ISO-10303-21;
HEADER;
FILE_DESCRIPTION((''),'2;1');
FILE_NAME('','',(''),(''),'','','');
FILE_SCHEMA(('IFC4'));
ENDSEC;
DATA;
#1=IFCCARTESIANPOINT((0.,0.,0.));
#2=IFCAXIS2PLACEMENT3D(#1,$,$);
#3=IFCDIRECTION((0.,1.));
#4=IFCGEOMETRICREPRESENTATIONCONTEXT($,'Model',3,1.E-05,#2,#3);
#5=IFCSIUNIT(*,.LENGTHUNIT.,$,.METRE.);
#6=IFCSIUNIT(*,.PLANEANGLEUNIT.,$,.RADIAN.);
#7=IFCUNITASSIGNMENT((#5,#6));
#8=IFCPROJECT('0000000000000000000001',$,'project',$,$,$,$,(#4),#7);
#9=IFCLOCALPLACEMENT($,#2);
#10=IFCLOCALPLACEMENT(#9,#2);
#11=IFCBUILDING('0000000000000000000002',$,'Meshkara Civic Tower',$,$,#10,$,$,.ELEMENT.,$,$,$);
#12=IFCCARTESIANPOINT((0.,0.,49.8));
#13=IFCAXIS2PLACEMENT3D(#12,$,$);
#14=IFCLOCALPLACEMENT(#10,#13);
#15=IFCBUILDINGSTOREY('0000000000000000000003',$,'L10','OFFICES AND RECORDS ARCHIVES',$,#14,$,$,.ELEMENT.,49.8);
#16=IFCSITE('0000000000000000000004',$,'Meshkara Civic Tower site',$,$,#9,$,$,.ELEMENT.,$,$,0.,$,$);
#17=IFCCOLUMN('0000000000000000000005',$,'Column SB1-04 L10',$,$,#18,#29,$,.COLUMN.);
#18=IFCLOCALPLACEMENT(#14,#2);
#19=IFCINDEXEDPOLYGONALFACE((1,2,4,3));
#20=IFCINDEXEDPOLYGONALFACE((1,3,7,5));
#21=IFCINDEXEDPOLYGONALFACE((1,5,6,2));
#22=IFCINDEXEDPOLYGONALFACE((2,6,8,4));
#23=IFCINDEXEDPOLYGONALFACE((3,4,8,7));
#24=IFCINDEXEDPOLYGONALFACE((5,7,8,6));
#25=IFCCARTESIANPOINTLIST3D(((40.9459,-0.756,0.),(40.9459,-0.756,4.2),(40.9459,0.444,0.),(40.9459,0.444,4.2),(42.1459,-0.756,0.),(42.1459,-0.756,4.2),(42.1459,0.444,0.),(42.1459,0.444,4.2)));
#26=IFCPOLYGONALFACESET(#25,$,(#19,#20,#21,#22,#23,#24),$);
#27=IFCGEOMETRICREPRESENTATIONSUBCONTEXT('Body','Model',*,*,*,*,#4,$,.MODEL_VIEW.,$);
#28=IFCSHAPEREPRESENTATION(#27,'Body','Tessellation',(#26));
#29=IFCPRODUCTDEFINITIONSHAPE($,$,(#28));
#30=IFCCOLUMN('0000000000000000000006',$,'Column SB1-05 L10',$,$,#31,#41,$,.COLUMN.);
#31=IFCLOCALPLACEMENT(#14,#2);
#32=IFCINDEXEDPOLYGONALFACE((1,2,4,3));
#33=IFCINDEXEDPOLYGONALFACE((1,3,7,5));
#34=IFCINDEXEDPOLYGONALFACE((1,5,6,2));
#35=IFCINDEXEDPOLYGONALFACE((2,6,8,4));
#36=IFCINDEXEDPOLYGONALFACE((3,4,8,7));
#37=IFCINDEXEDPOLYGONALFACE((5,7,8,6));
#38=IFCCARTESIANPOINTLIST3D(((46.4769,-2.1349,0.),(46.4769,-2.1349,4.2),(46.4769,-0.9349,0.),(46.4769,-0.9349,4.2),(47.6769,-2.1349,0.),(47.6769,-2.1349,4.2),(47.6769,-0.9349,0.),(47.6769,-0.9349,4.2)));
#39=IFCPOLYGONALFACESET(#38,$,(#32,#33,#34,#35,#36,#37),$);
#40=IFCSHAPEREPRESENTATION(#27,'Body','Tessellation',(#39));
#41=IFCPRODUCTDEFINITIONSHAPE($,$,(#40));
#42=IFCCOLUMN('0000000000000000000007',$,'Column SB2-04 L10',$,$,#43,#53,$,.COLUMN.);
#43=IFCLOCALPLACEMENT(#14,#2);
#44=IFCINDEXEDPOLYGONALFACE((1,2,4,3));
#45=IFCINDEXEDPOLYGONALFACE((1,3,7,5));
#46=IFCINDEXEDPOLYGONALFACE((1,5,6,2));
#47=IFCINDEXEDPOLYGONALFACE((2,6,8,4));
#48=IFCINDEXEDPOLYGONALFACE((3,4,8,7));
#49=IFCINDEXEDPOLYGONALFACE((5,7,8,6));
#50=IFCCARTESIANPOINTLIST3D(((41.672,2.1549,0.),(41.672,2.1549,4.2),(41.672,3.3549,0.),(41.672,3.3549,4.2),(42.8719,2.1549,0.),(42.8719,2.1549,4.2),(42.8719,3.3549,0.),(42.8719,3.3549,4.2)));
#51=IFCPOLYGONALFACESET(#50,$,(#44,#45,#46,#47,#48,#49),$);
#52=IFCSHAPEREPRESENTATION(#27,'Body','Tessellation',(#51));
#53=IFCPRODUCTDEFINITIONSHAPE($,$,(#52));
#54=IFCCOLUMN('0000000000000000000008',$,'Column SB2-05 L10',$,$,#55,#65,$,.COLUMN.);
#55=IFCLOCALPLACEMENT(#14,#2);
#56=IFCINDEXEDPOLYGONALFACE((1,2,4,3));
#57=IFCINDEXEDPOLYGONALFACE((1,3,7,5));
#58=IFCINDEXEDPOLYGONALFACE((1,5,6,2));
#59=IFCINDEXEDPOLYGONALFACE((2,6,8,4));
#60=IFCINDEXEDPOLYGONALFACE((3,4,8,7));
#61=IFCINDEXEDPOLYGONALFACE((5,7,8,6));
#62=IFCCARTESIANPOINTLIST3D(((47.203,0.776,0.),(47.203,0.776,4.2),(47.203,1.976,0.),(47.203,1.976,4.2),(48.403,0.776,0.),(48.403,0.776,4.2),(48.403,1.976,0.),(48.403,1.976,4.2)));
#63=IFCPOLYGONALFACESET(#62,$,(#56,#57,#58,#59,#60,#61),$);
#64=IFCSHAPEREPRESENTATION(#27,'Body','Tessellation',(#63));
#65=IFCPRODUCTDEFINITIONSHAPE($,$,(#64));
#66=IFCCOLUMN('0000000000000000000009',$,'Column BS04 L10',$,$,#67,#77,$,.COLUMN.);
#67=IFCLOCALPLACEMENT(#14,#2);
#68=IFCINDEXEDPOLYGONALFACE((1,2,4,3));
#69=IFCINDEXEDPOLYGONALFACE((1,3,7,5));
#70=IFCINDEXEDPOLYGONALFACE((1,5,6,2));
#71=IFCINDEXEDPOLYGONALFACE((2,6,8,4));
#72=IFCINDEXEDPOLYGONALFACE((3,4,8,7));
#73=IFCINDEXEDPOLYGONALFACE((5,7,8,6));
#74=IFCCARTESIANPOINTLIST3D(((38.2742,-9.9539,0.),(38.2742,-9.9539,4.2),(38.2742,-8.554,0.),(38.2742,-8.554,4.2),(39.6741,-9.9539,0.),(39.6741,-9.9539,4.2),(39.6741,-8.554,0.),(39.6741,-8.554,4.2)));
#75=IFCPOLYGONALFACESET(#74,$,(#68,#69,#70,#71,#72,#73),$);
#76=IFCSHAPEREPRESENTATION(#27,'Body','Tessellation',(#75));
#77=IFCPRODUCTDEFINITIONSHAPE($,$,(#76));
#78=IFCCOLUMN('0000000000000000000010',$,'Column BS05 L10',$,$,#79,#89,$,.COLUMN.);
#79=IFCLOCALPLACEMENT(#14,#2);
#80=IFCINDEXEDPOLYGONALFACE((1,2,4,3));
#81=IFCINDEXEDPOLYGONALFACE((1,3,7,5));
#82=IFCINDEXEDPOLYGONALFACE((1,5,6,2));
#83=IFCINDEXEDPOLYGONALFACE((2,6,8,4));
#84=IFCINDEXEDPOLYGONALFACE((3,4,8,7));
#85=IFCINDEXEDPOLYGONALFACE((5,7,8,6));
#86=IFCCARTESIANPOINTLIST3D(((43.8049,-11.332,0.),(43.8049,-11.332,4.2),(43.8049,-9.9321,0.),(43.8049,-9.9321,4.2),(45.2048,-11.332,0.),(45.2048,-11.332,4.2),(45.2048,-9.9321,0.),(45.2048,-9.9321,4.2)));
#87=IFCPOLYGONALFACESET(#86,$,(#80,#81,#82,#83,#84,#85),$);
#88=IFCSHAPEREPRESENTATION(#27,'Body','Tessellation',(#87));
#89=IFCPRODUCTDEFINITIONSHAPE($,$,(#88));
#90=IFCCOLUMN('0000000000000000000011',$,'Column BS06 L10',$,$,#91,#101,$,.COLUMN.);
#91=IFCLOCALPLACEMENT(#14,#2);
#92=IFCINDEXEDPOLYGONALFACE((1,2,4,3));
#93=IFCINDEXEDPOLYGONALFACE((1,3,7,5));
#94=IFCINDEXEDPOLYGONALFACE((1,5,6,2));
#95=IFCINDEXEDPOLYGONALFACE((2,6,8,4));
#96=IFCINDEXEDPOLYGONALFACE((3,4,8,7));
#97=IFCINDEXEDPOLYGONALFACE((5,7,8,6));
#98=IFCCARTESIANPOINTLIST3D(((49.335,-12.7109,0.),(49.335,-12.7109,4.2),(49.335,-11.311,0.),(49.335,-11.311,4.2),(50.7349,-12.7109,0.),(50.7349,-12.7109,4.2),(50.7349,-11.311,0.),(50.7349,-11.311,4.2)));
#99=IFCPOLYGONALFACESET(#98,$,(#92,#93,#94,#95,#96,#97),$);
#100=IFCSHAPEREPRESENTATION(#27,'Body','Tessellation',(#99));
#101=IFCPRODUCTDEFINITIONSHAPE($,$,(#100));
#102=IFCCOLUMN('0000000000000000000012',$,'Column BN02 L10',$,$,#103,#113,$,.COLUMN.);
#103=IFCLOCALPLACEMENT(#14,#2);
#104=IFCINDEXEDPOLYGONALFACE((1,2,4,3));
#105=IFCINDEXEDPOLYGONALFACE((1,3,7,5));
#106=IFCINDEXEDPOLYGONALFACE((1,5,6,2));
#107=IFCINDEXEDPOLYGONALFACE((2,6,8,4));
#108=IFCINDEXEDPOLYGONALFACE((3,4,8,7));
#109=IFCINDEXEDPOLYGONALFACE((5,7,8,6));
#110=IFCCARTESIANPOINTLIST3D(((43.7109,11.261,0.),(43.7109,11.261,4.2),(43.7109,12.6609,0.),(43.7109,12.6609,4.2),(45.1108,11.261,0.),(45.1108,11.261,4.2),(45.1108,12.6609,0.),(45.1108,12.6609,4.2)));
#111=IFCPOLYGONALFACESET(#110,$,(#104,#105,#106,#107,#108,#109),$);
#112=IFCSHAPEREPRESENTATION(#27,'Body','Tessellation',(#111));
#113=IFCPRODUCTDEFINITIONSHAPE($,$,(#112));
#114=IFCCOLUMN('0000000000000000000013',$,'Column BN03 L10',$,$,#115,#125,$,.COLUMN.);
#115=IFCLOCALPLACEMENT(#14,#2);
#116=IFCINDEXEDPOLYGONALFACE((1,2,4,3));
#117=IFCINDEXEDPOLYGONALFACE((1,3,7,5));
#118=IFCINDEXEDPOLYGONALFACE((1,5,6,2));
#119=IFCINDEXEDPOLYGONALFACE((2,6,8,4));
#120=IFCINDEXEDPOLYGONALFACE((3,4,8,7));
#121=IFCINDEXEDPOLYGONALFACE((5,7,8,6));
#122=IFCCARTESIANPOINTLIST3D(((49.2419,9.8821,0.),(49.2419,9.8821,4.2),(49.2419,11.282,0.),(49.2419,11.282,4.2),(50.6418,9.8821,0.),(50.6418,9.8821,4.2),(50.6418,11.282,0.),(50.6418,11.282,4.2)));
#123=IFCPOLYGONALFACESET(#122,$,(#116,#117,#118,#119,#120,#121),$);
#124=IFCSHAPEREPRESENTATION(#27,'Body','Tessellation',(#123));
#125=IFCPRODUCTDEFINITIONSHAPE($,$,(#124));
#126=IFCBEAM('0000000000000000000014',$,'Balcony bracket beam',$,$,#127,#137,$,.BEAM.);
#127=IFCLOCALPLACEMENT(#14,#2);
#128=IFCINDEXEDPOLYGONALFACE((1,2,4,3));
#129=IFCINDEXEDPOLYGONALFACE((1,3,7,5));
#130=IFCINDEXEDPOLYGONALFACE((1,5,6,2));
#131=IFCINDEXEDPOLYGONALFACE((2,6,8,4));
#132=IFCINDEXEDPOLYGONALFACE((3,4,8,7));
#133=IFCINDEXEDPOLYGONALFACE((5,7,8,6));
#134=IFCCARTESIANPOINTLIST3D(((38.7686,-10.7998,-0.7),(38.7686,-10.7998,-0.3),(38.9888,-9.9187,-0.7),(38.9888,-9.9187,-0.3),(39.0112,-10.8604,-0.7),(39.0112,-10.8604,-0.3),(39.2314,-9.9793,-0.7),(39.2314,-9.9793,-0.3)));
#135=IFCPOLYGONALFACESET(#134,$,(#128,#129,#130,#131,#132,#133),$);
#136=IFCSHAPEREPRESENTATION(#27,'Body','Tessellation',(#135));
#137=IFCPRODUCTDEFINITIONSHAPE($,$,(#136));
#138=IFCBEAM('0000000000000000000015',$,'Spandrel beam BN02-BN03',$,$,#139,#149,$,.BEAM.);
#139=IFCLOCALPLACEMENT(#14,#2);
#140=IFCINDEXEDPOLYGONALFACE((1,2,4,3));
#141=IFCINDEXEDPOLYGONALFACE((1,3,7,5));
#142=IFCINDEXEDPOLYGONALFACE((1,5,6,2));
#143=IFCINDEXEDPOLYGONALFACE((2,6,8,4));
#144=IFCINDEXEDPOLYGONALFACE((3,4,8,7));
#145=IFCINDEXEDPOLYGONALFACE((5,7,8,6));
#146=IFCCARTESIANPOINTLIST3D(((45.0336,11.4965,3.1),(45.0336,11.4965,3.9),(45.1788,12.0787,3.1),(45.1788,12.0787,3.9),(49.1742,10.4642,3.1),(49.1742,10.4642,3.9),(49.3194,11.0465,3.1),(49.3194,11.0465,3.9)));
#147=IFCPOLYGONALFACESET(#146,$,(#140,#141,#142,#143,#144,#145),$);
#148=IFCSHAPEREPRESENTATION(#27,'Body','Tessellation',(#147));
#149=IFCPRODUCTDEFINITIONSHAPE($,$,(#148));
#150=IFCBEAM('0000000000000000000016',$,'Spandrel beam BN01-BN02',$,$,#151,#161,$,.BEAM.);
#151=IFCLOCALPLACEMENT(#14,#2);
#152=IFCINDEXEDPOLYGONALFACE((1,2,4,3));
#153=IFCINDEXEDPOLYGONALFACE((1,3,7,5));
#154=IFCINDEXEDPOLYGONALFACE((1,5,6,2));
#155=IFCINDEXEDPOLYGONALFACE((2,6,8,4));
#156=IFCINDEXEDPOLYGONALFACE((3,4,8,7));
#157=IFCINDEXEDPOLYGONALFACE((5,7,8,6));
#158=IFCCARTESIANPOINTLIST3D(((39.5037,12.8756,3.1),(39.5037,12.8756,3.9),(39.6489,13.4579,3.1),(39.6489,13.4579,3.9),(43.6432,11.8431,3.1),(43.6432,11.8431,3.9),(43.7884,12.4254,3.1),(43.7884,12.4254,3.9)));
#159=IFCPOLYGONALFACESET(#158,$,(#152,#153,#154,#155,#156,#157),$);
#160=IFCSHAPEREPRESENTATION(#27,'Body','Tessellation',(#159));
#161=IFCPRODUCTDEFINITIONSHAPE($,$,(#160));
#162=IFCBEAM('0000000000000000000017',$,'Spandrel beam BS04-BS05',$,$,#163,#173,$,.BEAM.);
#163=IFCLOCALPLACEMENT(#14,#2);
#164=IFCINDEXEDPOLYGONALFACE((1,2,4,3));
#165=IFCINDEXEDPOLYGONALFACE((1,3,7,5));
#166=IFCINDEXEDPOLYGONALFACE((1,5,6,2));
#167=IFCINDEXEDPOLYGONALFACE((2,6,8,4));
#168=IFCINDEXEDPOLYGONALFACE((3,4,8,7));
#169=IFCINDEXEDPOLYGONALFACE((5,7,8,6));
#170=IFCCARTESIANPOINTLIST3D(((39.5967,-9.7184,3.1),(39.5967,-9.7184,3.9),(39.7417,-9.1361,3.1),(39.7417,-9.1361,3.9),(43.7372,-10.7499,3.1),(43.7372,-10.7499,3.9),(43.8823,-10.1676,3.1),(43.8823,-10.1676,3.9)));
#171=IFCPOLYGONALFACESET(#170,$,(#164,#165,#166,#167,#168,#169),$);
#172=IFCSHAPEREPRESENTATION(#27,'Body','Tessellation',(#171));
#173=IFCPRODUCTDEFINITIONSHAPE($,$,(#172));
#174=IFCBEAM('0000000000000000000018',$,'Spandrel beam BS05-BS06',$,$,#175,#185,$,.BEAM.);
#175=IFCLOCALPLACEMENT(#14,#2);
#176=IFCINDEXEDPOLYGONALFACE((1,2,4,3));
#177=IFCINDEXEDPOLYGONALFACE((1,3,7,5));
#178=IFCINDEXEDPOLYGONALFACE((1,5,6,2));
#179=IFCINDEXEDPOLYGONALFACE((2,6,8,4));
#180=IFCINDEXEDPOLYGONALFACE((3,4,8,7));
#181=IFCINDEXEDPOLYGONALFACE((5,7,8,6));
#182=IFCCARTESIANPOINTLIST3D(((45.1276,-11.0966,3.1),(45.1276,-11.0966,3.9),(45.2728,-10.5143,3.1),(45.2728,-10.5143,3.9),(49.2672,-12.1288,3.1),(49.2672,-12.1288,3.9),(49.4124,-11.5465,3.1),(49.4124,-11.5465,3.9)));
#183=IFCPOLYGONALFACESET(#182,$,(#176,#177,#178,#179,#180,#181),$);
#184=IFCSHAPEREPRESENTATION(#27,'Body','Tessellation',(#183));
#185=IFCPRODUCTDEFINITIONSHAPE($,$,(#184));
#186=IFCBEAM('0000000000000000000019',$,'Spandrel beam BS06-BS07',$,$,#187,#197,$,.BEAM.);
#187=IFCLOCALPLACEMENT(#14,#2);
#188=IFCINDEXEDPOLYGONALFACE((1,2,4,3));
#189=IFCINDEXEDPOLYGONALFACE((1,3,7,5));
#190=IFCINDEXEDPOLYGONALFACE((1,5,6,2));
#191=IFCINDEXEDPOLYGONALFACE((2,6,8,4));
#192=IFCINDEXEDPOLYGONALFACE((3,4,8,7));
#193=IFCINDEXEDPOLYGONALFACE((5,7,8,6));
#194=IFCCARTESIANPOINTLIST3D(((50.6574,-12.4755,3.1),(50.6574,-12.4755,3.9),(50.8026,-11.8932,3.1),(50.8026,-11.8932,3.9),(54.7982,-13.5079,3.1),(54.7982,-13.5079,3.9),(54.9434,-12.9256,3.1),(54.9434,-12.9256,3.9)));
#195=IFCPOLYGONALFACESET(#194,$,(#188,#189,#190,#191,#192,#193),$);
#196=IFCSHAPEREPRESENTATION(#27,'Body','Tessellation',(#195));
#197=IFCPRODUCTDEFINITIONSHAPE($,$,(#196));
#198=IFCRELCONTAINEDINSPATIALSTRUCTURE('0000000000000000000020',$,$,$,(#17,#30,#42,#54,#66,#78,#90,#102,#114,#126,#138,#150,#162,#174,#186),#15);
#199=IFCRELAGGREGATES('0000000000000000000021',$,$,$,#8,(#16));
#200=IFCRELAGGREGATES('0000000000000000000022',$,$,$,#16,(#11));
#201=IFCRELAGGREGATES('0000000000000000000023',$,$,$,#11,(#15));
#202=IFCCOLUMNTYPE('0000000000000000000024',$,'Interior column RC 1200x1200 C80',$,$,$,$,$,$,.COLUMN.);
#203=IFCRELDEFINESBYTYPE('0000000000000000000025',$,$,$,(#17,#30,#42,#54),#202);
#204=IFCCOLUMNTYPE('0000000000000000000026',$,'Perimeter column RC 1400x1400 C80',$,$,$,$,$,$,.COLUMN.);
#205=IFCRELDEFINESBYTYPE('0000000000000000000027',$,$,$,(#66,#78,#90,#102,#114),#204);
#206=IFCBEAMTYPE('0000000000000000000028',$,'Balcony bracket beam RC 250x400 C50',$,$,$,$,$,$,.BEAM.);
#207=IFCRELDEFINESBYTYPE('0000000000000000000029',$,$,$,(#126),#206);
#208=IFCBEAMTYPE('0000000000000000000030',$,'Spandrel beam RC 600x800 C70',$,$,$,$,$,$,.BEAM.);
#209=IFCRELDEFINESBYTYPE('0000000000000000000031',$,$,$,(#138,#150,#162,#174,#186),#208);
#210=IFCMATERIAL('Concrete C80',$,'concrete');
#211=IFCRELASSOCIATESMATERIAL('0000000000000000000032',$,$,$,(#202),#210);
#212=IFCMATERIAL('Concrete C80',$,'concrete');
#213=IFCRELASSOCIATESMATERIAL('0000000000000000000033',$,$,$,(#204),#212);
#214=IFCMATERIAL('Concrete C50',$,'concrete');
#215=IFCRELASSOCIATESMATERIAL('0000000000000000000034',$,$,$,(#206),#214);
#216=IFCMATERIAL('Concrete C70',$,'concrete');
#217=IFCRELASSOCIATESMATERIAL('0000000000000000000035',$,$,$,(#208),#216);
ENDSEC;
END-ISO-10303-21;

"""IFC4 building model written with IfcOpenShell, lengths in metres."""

from ifc_helpers import new_model, si_unit, direction, frame, origin, origin_2d, place, context, subcontext, project, spatial, rectangle, extrude, material, material_profile, profile_set, type_object, element, save


model = new_model("IFC4")

# Units and contexts
model_context = context("Model", 3, precision=1e-05, world=origin(), true_north=direction((0.0, 1.0)))
body_context = subcontext(model_context, "Body", "Model", "MODEL_VIEW")
ifc_project = project(units=[si_unit("LENGTHUNIT", "METRE"), si_unit("PLANEANGLEUNIT", "RADIAN")], contexts=[model_context])

# Site, building, storey
site_placement = place(None, origin())
site = spatial("IfcSite", under=ifc_project, at=site_placement, Name="Meshkara Civic Tower site", CompositionType="ELEMENT", RefElevation=0.0)
building_placement = place(site_placement, origin())
building = spatial("IfcBuilding", under=site, at=building_placement, Name="Meshkara Civic Tower", CompositionType="ELEMENT")
storey_placement = place(building_placement, frame((0.0, 0.0, 49.8)))
storey = spatial("IfcBuildingStorey", under=building, at=storey_placement, Name="L10", Description="OFFICES AND RECORDS ARCHIVES", CompositionType="ELEMENT", Elevation=49.8)

# Columns
ifc_material_1 = material(Name="Concrete C80", Category="concrete")
ifc_material_profile_1 = material_profile(ifc_material_1, rectangle(XDim=1.2, YDim=1.2, at=origin_2d()))
ifc_profile_set_1 = profile_set([ifc_material_profile_1], Name="Concrete C80")
column_type_1 = type_object("IfcColumnType", Name="Interior column RC 1200x1200 C80", PredefinedType="COLUMN", material=ifc_profile_set_1)
for number, where, z_axis, x_axis, name in (
    (1, (41.5459, -0.156, 0.0), (0.0, 0.0, 1.0), (1.0, 0.0, 0.0), "Column SB1-04 L10"),
    (2, (47.0769, -1.5349, 0.0), (0.0, 0.0, 1.0), (1.0, 0.0, 0.0), "Column SB1-05 L10"),
    (3, (42.272, 2.7549, 0.0), (0.0, 0.0, 1.0), (1.0, 0.0, 0.0), "Column SB2-04 L10"),
    (4, (47.803, 1.376, 0.0), (0.0, 0.0, 1.0), (1.0, 0.0, 0.0), "Column SB2-05 L10"),
):
    element("IfcColumn", number, at=place(storey_placement, frame(where, z_axis=z_axis, x_axis=x_axis)), inside=storey, type_object=column_type_1, Name=name, PredefinedType="COLUMN", context=body_context, shape_type="SweptSolid", body=[
        extrude(rectangle(XDim=1.2, YDim=1.2, at=origin_2d()), origin(), (0.0, 0.0, 1.0), 4.2),
    ])
ifc_material_2 = material(Name="Concrete C80", Category="concrete")
ifc_material_profile_2 = material_profile(ifc_material_2, rectangle(XDim=1.3999, YDim=1.3999, at=origin_2d()))
ifc_profile_set_2 = profile_set([ifc_material_profile_2], Name="Concrete C80")
column_type_2 = type_object("IfcColumnType", Name="Perimeter column RC 1400x1400 C80", PredefinedType="COLUMN", material=ifc_profile_set_2)
for number, where, z_axis, x_axis, name in (
    (5, (38.9741, -9.2539, 0.0), (0.0, 0.0, 1.0), (1.0, 0.0, 0.0), "Column BS04 L10"),
    (6, (44.5049, -10.6321, 0.0), (0.0, 0.0, 1.0), (1.0, 0.0, 0.0), "Column BS05 L10"),
    (7, (50.0349, -12.011, 0.0), (0.0, 0.0, 1.0), (1.0, 0.0, 0.0), "Column BS06 L10"),
    (8, (44.4109, 11.9609, 0.0), (0.0, 0.0, 1.0), (1.0, 0.0, 0.0), "Column BN02 L10"),
    (9, (49.9419, 10.582, 0.0), (0.0, 0.0, 1.0), (1.0, 0.0, 0.0), "Column BN03 L10"),
):
    element("IfcColumn", number, at=place(storey_placement, frame(where, z_axis=z_axis, x_axis=x_axis)), inside=storey, type_object=column_type_2, Name=name, PredefinedType="COLUMN", context=body_context, shape_type="SweptSolid", body=[
        extrude(rectangle(XDim=1.3999, YDim=1.3999, at=origin_2d()), origin(), (0.0, 0.0, 1.0), 4.2),
    ])

# Beams
ifc_material_3 = material(Name="Concrete C50", Category="concrete")
ifc_material_profile_3 = material_profile(ifc_material_3, rectangle(XDim=0.25, YDim=0.3999, at=origin_2d()))
ifc_profile_set_3 = profile_set([ifc_material_profile_3], Name="Concrete C50")
beam_type_1 = type_object("IfcBeamType", Name="Balcony bracket beam RC 250x400 C50", PredefinedType="BEAM", material=ifc_profile_set_3)
beam_1_placement = place(storey_placement, frame((39.1101, -9.949, -0.5), z_axis=(-0.242472, -0.970158, 0.0), x_axis=(0.970158, -0.242472, 0.0)))
element("IfcBeam", 10, at=beam_1_placement, inside=storey, type_object=beam_type_1, Name="Balcony bracket beam", PredefinedType="BEAM", context=body_context, shape_type="SweptSolid", body=[
    extrude(rectangle(XDim=0.25, YDim=0.3999, at=origin_2d()), origin(), (0.0, 0.0, 1.0), 0.9082),
])
ifc_material_4 = material(Name="Concrete C70", Category="concrete")
ifc_material_profile_4 = material_profile(ifc_material_4, rectangle(XDim=0.6001, YDim=0.8, at=origin_2d()))
ifc_profile_set_4 = profile_set([ifc_material_profile_4], Name="Concrete C70")
beam_type_2 = type_object("IfcBeamType", Name="Spandrel beam RC 600x800 C70", PredefinedType="BEAM", material=ifc_profile_set_4)
beam_2_placement = place(storey_placement, frame((49.2468, 10.7554, 3.5), z_axis=(-0.970304, 0.241889, 0.0), x_axis=(-0.241889, -0.970304, 0.0)))
element("IfcBeam", 11, at=beam_2_placement, inside=storey, type_object=beam_type_2, Name="Spandrel beam BN02-BN03", PredefinedType="BEAM", context=body_context, shape_type="SweptSolid", body=[
    extrude(rectangle(XDim=0.6001, YDim=0.8, at=origin_2d()), origin(), (0.0, 0.0, 1.0), 4.2673),
])
beam_3_placement = place(storey_placement, frame((43.7158, 12.1343, 3.5), z_axis=(-0.970277, 0.241997, 0.0), x_axis=(-0.241997, -0.970277, 0.0)))
element("IfcBeam", 12, at=beam_3_placement, inside=storey, type_object=beam_type_2, Name="Spandrel beam BN01-BN02", PredefinedType="BEAM", context=body_context, shape_type="SweptSolid", body=[
    extrude(rectangle(XDim=0.6001, YDim=0.8, at=origin_2d()), origin(), (0.0, 0.0, 1.0), 4.2664),
])
beam_4_placement = place(storey_placement, frame((39.6692, -9.4272, 3.5), z_axis=(0.970344, -0.241728, 0.0), x_axis=(0.241728, 0.970344, 0.0)))
element("IfcBeam", 13, at=beam_4_placement, inside=storey, type_object=beam_type_2, Name="Spandrel beam BS04-BS05", PredefinedType="BEAM", context=body_context, shape_type="SweptSolid", body=[
    extrude(rectangle(XDim=0.6001, YDim=0.8, at=origin_2d()), origin(), (0.0, 0.0, 1.0), 4.2671),
])
beam_5_placement = place(storey_placement, frame((45.2002, -10.8054, 3.5), z_axis=(0.97029, -0.241943, 0.0), x_axis=(0.241943, 0.97029, 0.0)))
element("IfcBeam", 14, at=beam_5_placement, inside=storey, type_object=beam_type_2, Name="Spandrel beam BS05-BS06", PredefinedType="BEAM", context=body_context, shape_type="SweptSolid", body=[
    extrude(rectangle(XDim=0.6001, YDim=0.8, at=origin_2d()), origin(), (0.0, 0.0, 1.0), 4.2664),
])
beam_6_placement = place(storey_placement, frame((50.73, -12.1843, 3.5), z_axis=(0.970294, -0.24193, 0.0), x_axis=(0.24193, 0.970294, 0.0)))
element("IfcBeam", 15, at=beam_6_placement, inside=storey, type_object=beam_type_2, Name="Spandrel beam BS06-BS07", PredefinedType="BEAM", context=body_context, shape_type="SweptSolid", body=[
    extrude(rectangle(XDim=0.6001, YDim=0.8, at=origin_2d()), origin(), (0.0, 0.0, 1.0), 4.2676),
])

save(model, "model.ifc")
